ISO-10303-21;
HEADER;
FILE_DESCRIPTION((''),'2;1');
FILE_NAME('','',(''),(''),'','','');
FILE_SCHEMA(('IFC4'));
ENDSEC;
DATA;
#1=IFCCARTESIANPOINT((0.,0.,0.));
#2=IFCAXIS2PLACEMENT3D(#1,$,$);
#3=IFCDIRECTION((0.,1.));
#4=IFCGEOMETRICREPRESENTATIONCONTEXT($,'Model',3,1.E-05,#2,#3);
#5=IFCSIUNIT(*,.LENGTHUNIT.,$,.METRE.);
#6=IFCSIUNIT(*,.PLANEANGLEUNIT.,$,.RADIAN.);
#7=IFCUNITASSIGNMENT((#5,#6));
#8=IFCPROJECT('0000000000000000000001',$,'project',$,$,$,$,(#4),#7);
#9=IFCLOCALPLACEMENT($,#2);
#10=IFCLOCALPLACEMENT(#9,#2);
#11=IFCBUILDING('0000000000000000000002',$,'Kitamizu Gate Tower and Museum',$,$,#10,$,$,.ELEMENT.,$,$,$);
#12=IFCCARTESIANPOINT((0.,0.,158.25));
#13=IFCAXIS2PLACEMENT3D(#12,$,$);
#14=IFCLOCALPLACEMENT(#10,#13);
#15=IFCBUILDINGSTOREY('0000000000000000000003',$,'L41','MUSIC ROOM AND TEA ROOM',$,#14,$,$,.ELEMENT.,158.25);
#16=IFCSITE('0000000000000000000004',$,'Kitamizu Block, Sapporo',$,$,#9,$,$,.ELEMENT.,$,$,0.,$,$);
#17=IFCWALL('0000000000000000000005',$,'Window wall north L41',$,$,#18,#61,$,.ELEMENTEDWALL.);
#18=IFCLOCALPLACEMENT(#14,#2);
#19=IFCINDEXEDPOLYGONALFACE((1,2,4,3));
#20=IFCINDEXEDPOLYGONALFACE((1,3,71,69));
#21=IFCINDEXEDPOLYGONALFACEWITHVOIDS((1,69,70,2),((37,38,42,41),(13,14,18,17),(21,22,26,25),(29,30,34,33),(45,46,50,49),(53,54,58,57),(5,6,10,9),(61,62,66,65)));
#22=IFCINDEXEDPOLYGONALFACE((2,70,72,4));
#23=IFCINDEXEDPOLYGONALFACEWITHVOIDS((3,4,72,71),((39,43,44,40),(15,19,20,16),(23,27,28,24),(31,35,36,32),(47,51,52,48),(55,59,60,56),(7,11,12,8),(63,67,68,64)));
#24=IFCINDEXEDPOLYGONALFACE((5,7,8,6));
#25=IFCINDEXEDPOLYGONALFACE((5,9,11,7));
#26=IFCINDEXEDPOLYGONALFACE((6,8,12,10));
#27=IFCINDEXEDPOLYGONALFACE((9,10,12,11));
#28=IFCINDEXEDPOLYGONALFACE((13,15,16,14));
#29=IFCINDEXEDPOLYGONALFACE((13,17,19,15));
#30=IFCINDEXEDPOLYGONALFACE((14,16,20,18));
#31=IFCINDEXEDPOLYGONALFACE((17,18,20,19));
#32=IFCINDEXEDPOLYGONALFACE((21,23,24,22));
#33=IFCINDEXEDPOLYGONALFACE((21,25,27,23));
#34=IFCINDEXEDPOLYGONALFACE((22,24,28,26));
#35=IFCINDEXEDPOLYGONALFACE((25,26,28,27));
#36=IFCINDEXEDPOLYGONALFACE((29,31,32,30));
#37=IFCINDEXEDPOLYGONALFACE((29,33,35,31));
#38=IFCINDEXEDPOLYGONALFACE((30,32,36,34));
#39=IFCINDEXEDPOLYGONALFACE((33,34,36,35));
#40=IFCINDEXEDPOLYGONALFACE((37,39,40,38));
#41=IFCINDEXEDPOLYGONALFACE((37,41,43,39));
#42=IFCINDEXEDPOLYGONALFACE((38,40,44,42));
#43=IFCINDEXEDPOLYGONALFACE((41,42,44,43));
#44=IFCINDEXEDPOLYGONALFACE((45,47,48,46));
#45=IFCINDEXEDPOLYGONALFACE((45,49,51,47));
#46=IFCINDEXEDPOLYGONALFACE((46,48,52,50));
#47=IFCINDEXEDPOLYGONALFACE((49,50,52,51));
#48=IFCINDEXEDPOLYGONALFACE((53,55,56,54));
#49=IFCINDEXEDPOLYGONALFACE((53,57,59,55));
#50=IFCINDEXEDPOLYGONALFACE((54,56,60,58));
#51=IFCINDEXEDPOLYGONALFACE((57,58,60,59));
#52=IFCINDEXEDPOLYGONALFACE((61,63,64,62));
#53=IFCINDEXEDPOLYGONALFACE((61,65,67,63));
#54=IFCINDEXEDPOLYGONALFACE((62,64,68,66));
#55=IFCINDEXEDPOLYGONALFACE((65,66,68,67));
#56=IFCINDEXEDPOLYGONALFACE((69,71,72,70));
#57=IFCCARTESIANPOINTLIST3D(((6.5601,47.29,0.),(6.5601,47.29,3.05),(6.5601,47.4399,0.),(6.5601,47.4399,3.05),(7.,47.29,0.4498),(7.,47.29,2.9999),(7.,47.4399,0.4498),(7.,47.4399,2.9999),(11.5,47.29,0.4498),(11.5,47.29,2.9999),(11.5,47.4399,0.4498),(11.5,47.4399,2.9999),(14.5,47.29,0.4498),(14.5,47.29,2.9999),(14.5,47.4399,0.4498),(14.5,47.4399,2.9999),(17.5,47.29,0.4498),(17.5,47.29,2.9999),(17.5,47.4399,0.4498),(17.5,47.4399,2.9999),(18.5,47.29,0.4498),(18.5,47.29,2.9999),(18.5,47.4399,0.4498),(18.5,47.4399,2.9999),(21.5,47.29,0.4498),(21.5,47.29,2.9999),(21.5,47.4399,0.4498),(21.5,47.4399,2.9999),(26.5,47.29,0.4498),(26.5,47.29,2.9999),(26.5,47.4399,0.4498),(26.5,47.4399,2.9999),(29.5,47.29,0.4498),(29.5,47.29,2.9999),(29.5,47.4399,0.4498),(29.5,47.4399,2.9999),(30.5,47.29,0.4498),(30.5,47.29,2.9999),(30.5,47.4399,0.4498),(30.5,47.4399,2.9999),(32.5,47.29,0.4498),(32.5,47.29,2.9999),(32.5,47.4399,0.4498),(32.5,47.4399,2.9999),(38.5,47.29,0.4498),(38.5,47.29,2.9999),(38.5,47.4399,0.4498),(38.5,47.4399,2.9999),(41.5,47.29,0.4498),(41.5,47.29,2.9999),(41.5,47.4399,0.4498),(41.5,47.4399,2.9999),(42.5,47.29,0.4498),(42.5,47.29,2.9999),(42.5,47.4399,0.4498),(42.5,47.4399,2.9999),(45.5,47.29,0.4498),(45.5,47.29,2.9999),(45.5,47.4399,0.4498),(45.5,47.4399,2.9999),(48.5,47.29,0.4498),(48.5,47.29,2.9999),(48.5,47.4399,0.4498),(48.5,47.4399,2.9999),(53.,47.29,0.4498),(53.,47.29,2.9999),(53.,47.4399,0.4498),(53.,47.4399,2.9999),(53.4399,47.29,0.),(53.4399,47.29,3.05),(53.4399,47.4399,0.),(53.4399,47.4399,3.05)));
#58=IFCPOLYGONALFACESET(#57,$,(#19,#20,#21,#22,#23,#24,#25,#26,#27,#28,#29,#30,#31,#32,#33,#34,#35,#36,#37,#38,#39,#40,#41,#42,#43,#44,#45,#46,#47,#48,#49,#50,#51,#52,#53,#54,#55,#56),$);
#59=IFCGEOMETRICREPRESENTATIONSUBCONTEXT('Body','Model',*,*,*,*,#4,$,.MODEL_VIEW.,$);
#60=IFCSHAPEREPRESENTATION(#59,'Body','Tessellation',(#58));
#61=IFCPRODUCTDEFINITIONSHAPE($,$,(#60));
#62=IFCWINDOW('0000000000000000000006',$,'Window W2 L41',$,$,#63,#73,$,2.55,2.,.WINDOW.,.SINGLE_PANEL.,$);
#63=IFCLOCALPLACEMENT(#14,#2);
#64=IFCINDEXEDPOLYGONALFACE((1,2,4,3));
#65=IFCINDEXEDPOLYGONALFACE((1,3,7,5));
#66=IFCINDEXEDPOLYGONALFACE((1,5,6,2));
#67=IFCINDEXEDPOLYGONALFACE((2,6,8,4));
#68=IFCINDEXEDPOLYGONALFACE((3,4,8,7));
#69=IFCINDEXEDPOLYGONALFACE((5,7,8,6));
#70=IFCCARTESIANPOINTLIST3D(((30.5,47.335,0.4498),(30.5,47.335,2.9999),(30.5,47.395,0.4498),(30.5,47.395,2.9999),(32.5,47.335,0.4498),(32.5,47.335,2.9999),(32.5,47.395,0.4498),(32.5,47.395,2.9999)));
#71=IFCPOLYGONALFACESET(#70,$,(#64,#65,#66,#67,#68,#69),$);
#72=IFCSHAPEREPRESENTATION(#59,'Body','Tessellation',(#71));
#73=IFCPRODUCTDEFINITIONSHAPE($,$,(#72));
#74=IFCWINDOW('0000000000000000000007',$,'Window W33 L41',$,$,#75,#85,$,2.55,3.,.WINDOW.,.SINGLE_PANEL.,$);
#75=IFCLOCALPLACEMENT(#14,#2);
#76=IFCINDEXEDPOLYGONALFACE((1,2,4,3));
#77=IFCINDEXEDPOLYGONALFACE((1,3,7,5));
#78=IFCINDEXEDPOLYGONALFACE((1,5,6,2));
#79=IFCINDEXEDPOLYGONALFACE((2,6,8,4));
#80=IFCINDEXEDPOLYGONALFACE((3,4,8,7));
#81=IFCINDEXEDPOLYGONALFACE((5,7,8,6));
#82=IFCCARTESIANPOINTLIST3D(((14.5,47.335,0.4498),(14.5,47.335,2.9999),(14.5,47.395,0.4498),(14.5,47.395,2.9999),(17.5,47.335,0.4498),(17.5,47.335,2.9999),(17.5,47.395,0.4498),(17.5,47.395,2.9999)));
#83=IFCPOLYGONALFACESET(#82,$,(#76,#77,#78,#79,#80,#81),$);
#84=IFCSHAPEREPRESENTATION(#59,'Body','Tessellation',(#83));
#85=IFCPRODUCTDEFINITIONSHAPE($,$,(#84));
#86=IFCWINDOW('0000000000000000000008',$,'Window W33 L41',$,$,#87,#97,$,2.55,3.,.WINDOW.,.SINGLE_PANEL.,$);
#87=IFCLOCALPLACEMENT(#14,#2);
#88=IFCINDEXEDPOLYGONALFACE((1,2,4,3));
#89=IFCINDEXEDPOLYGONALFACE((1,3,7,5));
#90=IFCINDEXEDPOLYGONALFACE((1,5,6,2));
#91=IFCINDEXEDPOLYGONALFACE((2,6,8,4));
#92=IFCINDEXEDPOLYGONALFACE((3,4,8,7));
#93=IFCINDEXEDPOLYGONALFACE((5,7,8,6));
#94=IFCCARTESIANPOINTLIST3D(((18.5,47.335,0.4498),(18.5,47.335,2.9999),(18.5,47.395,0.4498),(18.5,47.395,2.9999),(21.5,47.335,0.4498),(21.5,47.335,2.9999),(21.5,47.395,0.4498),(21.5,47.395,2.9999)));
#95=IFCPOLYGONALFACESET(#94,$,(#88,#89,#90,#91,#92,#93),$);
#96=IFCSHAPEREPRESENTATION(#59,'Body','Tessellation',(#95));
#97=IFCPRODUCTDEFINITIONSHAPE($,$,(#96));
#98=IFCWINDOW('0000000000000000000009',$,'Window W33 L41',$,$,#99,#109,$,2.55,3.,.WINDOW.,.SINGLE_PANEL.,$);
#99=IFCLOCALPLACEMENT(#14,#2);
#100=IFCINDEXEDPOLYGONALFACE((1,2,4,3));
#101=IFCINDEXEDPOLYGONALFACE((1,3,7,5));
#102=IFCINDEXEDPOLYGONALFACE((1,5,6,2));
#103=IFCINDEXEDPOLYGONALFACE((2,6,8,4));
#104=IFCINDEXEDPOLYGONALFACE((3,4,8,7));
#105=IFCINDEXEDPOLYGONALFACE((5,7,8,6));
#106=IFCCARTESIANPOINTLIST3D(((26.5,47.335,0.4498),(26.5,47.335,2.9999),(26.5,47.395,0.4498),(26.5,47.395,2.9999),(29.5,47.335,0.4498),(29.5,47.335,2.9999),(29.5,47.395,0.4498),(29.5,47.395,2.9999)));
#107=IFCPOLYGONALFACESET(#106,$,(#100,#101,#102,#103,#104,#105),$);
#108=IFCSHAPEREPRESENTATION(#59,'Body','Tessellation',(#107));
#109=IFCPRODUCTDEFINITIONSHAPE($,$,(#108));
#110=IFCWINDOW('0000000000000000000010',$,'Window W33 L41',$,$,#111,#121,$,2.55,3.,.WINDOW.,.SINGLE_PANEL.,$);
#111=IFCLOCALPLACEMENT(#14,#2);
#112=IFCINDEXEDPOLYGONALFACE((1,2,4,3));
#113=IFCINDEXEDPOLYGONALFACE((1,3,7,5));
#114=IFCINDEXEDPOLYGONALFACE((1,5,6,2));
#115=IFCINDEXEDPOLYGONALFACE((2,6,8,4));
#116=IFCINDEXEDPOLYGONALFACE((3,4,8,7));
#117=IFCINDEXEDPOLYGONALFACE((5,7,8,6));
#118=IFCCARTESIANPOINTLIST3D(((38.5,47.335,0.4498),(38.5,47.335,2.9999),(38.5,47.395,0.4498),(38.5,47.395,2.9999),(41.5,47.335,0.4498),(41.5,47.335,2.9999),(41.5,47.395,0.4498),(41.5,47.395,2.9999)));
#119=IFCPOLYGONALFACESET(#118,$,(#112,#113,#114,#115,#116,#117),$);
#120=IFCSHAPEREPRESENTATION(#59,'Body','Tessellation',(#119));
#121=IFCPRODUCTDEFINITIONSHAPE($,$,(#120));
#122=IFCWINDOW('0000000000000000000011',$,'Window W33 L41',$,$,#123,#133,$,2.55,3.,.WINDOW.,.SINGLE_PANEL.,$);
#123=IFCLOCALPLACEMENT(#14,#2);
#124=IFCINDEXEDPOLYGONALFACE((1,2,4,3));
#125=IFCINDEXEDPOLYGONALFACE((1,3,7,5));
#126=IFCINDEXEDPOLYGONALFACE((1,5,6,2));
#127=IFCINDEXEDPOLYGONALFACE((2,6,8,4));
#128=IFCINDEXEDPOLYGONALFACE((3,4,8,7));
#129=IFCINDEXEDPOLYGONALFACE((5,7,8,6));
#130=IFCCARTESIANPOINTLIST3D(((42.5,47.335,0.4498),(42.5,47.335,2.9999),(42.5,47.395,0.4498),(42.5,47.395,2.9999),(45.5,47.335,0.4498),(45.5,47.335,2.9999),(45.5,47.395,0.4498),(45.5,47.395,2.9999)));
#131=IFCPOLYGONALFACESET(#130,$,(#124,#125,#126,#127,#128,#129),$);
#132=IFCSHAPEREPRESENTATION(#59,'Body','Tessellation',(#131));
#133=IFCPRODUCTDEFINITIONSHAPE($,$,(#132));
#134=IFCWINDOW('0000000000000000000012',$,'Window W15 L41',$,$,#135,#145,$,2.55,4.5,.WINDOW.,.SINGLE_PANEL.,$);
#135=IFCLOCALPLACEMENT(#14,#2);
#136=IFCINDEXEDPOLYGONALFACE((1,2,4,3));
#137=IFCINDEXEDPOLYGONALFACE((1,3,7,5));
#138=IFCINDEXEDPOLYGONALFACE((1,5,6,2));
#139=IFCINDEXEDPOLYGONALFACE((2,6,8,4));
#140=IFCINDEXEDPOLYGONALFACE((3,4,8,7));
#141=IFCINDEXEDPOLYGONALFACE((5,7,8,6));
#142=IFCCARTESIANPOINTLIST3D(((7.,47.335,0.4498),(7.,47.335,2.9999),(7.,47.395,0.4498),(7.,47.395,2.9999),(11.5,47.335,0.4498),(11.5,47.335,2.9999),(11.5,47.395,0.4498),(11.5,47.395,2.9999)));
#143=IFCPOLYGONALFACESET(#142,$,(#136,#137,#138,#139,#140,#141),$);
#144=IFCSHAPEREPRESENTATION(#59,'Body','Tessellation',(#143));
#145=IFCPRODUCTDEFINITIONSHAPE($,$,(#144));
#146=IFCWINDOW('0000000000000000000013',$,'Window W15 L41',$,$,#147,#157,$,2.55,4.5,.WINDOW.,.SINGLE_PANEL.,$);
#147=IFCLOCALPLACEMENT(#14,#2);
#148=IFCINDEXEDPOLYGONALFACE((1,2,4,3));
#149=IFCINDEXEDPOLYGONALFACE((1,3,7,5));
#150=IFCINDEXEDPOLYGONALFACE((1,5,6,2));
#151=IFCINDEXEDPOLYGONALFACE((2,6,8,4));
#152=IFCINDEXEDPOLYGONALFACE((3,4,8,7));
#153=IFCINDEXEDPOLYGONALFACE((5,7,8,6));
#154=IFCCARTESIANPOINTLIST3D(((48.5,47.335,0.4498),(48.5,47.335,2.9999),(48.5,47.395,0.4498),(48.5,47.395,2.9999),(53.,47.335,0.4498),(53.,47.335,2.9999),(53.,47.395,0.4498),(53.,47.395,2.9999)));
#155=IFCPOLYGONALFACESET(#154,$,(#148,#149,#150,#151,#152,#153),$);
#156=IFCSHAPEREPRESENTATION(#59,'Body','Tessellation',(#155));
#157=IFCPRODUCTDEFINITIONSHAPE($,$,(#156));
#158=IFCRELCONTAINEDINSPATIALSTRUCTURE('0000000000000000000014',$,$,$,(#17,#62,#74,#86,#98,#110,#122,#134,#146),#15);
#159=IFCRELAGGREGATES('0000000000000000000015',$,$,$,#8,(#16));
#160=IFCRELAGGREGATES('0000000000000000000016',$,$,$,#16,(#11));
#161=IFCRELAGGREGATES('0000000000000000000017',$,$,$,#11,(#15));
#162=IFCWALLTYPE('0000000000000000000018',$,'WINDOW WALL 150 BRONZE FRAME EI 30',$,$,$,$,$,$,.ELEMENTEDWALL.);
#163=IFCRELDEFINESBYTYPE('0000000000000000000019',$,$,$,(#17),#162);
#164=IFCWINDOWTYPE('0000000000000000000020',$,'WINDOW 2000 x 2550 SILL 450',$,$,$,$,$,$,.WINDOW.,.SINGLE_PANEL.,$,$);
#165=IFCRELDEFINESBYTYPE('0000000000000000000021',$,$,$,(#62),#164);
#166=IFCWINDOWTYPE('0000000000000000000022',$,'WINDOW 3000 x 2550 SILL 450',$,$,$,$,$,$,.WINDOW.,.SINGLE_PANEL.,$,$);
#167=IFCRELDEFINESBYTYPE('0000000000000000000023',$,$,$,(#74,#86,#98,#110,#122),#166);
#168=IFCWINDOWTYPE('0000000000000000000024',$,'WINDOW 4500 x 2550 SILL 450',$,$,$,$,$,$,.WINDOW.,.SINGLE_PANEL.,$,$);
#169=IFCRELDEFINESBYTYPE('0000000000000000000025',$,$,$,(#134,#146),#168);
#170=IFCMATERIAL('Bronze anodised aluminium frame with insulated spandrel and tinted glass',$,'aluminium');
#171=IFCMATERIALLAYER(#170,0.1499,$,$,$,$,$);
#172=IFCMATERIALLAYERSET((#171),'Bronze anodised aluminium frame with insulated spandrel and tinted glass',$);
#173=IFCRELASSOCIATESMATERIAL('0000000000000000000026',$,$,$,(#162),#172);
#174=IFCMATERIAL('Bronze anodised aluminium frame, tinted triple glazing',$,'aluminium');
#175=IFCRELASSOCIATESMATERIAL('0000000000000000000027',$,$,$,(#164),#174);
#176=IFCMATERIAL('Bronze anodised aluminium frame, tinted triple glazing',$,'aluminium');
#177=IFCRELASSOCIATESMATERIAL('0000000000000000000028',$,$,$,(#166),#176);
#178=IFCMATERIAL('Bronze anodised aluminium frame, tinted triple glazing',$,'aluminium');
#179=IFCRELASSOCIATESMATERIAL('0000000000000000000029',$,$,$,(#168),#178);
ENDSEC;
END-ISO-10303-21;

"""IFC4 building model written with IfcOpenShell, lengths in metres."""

from ifc_helpers import new_model, si_unit, direction, frame, frame_2d, origin, place, context, subcontext, project, spatial, rectangle, extrude, material, layer, layer_set, type_object, element, fill, save


model = new_model("IFC4")

# Units and contexts
model_context = context("Model", 3, precision=1e-05, world=origin(), true_north=direction((0.0, 1.0)))
body_context = subcontext(model_context, "Body", "Model", "MODEL_VIEW")
ifc_project = project(units=[si_unit("LENGTHUNIT", "METRE"), si_unit("PLANEANGLEUNIT", "RADIAN")], contexts=[model_context])

# Site, building, storey
site_placement = place(None, origin())
site = spatial("IfcSite", under=ifc_project, at=site_placement, Name="Kitamizu Block, Sapporo", CompositionType="ELEMENT", RefElevation=0.0)
building_placement = place(site_placement, origin())
building = spatial("IfcBuilding", under=site, at=building_placement, Name="Kitamizu Gate Tower and Museum", CompositionType="ELEMENT")
storey_placement = place(building_placement, frame((0.0, 0.0, 158.25)))
storey = spatial("IfcBuildingStorey", under=building, at=storey_placement, Name="L41", Description="MUSIC ROOM AND TEA ROOM", CompositionType="ELEMENT", Elevation=158.25)

# Wall, openings, windows
ifc_material_1 = material(Name="Bronze anodised aluminium frame with insulated spandrel and tinted glass", Category="aluminium")
ifc_layer_1 = layer(ifc_material_1, 0.1499)
ifc_layer_set_1 = layer_set([ifc_layer_1], Name="Bronze anodised aluminium frame with insulated spandrel and tinted glass")
wall_type_1 = type_object("IfcWallType", Name="WINDOW WALL 150 BRONZE FRAME EI 30", PredefinedType="ELEMENTEDWALL", material=ifc_layer_set_1)
wall_1_placement = place(storey_placement, frame((6.5601, 47.365, 0.0), z_axis=(0.0, 0.0, 1.0), x_axis=(1.0, 0.0, 0.0)))
wall_1 = element("IfcWall", 1, at=wall_1_placement, inside=storey, type_object=wall_type_1, Name="Window wall north L41", PredefinedType="ELEMENTEDWALL", context=body_context, shape_type="SweptSolid", body=[
    extrude(rectangle(XDim=46.8799, YDim=0.1499, at=frame_2d((23.4399, 0.0))), origin(), (0.0, 0.0, 1.0), 3.05),
])
opening_1_placement = place(wall_1_placement, frame((0.4399, 0.0, 0.45)))
opening_1 = element("IfcOpeningElement", 2, at=opening_1_placement, cuts=wall_1, PredefinedType="OPENING", context=body_context, shape_type="SweptSolid", body=[
    extrude(rectangle(XDim=4.5, YDim=2.55, at=frame_2d((2.25, 1.2749))), frame((0.0, 0.085, 0.0), z_axis=(0.0, -1.0, 0.0), x_axis=(1.0, 0.0, 0.0)), (0.0, 0.0, 1.0), 0.1699),
])
opening_2_placement = place(wall_1_placement, frame((7.9399, 0.0, 0.45)))
opening_2 = element("IfcOpeningElement", 3, at=opening_2_placement, cuts=wall_1, PredefinedType="OPENING", context=body_context, shape_type="SweptSolid", body=[
    extrude(rectangle(XDim=3.0, YDim=2.55, at=frame_2d((1.5, 1.2749))), frame((0.0, 0.085, 0.0), z_axis=(0.0, -1.0, 0.0), x_axis=(1.0, 0.0, 0.0)), (0.0, 0.0, 1.0), 0.1699),
])
opening_3_placement = place(wall_1_placement, frame((11.9399, 0.0, 0.45)))
opening_3 = element("IfcOpeningElement", 4, at=opening_3_placement, cuts=wall_1, PredefinedType="OPENING", context=body_context, shape_type="SweptSolid", body=[
    extrude(rectangle(XDim=3.0, YDim=2.55, at=frame_2d((1.5, 1.2749))), frame((0.0, 0.085, 0.0), z_axis=(0.0, -1.0, 0.0), x_axis=(1.0, 0.0, 0.0)), (0.0, 0.0, 1.0), 0.1699),
])
opening_4_placement = place(wall_1_placement, frame((19.9399, 0.0, 0.45)))
opening_4 = element("IfcOpeningElement", 5, at=opening_4_placement, cuts=wall_1, PredefinedType="OPENING", context=body_context, shape_type="SweptSolid", body=[
    extrude(rectangle(XDim=3.0, YDim=2.55, at=frame_2d((1.5, 1.2749))), frame((0.0, 0.085, 0.0), z_axis=(0.0, -1.0, 0.0), x_axis=(1.0, 0.0, 0.0)), (0.0, 0.0, 1.0), 0.1699),
])
opening_5_placement = place(wall_1_placement, frame((23.9399, 0.0, 0.45)))
opening_5 = element("IfcOpeningElement", 6, at=opening_5_placement, cuts=wall_1, PredefinedType="OPENING", context=body_context, shape_type="SweptSolid", body=[
    extrude(rectangle(XDim=2.0, YDim=2.55, at=frame_2d((1.0, 1.2749))), frame((0.0, 0.085, 0.0), z_axis=(0.0, -1.0, 0.0), x_axis=(1.0, 0.0, 0.0)), (0.0, 0.0, 1.0), 0.1699),
])
opening_6_placement = place(wall_1_placement, frame((31.9399, 0.0, 0.45)))
opening_6 = element("IfcOpeningElement", 7, at=opening_6_placement, cuts=wall_1, PredefinedType="OPENING", context=body_context, shape_type="SweptSolid", body=[
    extrude(rectangle(XDim=3.0, YDim=2.55, at=frame_2d((1.5, 1.2749))), frame((0.0, 0.085, 0.0), z_axis=(0.0, -1.0, 0.0), x_axis=(1.0, 0.0, 0.0)), (0.0, 0.0, 1.0), 0.1699),
])
opening_7_placement = place(wall_1_placement, frame((35.9399, 0.0, 0.45)))
opening_7 = element("IfcOpeningElement", 8, at=opening_7_placement, cuts=wall_1, PredefinedType="OPENING", context=body_context, shape_type="SweptSolid", body=[
    extrude(rectangle(XDim=3.0, YDim=2.55, at=frame_2d((1.5, 1.2749))), frame((0.0, 0.085, 0.0), z_axis=(0.0, -1.0, 0.0), x_axis=(1.0, 0.0, 0.0)), (0.0, 0.0, 1.0), 0.1699),
])
opening_8_placement = place(wall_1_placement, frame((41.9399, 0.0, 0.45)))
opening_8 = element("IfcOpeningElement", 9, at=opening_8_placement, cuts=wall_1, PredefinedType="OPENING", context=body_context, shape_type="SweptSolid", body=[
    extrude(rectangle(XDim=4.5, YDim=2.55, at=frame_2d((2.25, 1.2749))), frame((0.0, 0.085, 0.0), z_axis=(0.0, -1.0, 0.0), x_axis=(1.0, 0.0, 0.0)), (0.0, 0.0, 1.0), 0.1699),
])
ifc_material_2 = material(Name="Bronze anodised aluminium frame, tinted triple glazing", Category="aluminium")
window_type_1 = type_object("IfcWindowType", Name="WINDOW 2000 x 2550 SILL 450", PartitioningType="SINGLE_PANEL", PredefinedType="WINDOW", material=ifc_material_2)
window_1_placement = place(opening_5_placement, origin())
window_1 = element("IfcWindow", 10, at=window_1_placement, inside=storey, type_object=window_type_1, Name="Window W2 L41", OverallHeight=2.55, OverallWidth=2.0, PartitioningType="SINGLE_PANEL", PredefinedType="WINDOW", context=body_context, shape_type="SweptSolid", body=[
    extrude(rectangle(XDim=2.0, YDim=2.55, at=frame_2d((1.0, 1.2749))), frame((0.0, 0.03, 0.0), z_axis=(0.0, -1.0, 0.0), x_axis=(1.0, 0.0, 0.0)), (0.0, 0.0, 1.0), 0.0601),
])
fill(opening_5, window_1)
ifc_material_3 = material(Name="Bronze anodised aluminium frame, tinted triple glazing", Category="aluminium")
window_type_2 = type_object("IfcWindowType", Name="WINDOW 3000 x 2550 SILL 450", PartitioningType="SINGLE_PANEL", PredefinedType="WINDOW", material=ifc_material_3)
window_2_placement = place(opening_2_placement, origin())
window_2 = element("IfcWindow", 11, at=window_2_placement, inside=storey, type_object=window_type_2, Name="Window W33 L41", OverallHeight=2.55, OverallWidth=3.0, PartitioningType="SINGLE_PANEL", PredefinedType="WINDOW", context=body_context, shape_type="SweptSolid", body=[
    extrude(rectangle(XDim=3.0, YDim=2.55, at=frame_2d((1.5, 1.2749))), frame((0.0, 0.03, 0.0), z_axis=(0.0, -1.0, 0.0), x_axis=(1.0, 0.0, 0.0)), (0.0, 0.0, 1.0), 0.0601),
])
fill(opening_2, window_2)
window_3_placement = place(opening_3_placement, origin())
window_3 = element("IfcWindow", 12, at=window_3_placement, inside=storey, type_object=window_type_2, Name="Window W33 L41", OverallHeight=2.55, OverallWidth=3.0, PartitioningType="SINGLE_PANEL", PredefinedType="WINDOW", context=body_context, shape_type="SweptSolid", body=[
    extrude(rectangle(XDim=3.0, YDim=2.55, at=frame_2d((1.5, 1.2749))), frame((0.0, 0.03, 0.0), z_axis=(0.0, -1.0, 0.0), x_axis=(1.0, 0.0, 0.0)), (0.0, 0.0, 1.0), 0.0601),
])
fill(opening_3, window_3)
window_4_placement = place(opening_4_placement, origin())
window_4 = element("IfcWindow", 13, at=window_4_placement, inside=storey, type_object=window_type_2, Name="Window W33 L41", OverallHeight=2.55, OverallWidth=3.0, PartitioningType="SINGLE_PANEL", PredefinedType="WINDOW", context=body_context, shape_type="SweptSolid", body=[
    extrude(rectangle(XDim=3.0, YDim=2.55, at=frame_2d((1.5, 1.2749))), frame((0.0, 0.03, 0.0), z_axis=(0.0, -1.0, 0.0), x_axis=(1.0, 0.0, 0.0)), (0.0, 0.0, 1.0), 0.0601),
])
fill(opening_4, window_4)
window_5_placement = place(opening_6_placement, origin())
window_5 = element("IfcWindow", 14, at=window_5_placement, inside=storey, type_object=window_type_2, Name="Window W33 L41", OverallHeight=2.55, OverallWidth=3.0, PartitioningType="SINGLE_PANEL", PredefinedType="WINDOW", context=body_context, shape_type="SweptSolid", body=[
    extrude(rectangle(XDim=3.0, YDim=2.55, at=frame_2d((1.5, 1.2749))), frame((0.0, 0.03, 0.0), z_axis=(0.0, -1.0, 0.0), x_axis=(1.0, 0.0, 0.0)), (0.0, 0.0, 1.0), 0.0601),
])
fill(opening_6, window_5)
window_6_placement = place(opening_7_placement, origin())
window_6 = element("IfcWindow", 15, at=window_6_placement, inside=storey, type_object=window_type_2, Name="Window W33 L41", OverallHeight=2.55, OverallWidth=3.0, PartitioningType="SINGLE_PANEL", PredefinedType="WINDOW", context=body_context, shape_type="SweptSolid", body=[
    extrude(rectangle(XDim=3.0, YDim=2.55, at=frame_2d((1.5, 1.2749))), frame((0.0, 0.03, 0.0), z_axis=(0.0, -1.0, 0.0), x_axis=(1.0, 0.0, 0.0)), (0.0, 0.0, 1.0), 0.0601),
])
fill(opening_7, window_6)
ifc_material_4 = material(Name="Bronze anodised aluminium frame, tinted triple glazing", Category="aluminium")
window_type_3 = type_object("IfcWindowType", Name="WINDOW 4500 x 2550 SILL 450", PartitioningType="SINGLE_PANEL", PredefinedType="WINDOW", material=ifc_material_4)
window_7_placement = place(opening_1_placement, origin())
window_7 = element("IfcWindow", 16, at=window_7_placement, inside=storey, type_object=window_type_3, Name="Window W15 L41", OverallHeight=2.55, OverallWidth=4.5, PartitioningType="SINGLE_PANEL", PredefinedType="WINDOW", context=body_context, shape_type="SweptSolid", body=[
    extrude(rectangle(XDim=4.5, YDim=2.55, at=frame_2d((2.25, 1.2749))), frame((0.0, 0.03, 0.0), z_axis=(0.0, -1.0, 0.0), x_axis=(1.0, 0.0, 0.0)), (0.0, 0.0, 1.0), 0.0601),
])
fill(opening_1, window_7)
window_8_placement = place(opening_8_placement, origin())
window_8 = element("IfcWindow", 17, at=window_8_placement, inside=storey, type_object=window_type_3, Name="Window W15 L41", OverallHeight=2.55, OverallWidth=4.5, PartitioningType="SINGLE_PANEL", PredefinedType="WINDOW", context=body_context, shape_type="SweptSolid", body=[
    extrude(rectangle(XDim=4.5, YDim=2.55, at=frame_2d((2.25, 1.2749))), frame((0.0, 0.03, 0.0), z_axis=(0.0, -1.0, 0.0), x_axis=(1.0, 0.0, 0.0)), (0.0, 0.0, 1.0), 0.0601),
])
fill(opening_8, window_8)

save(model, "model.ifc")
